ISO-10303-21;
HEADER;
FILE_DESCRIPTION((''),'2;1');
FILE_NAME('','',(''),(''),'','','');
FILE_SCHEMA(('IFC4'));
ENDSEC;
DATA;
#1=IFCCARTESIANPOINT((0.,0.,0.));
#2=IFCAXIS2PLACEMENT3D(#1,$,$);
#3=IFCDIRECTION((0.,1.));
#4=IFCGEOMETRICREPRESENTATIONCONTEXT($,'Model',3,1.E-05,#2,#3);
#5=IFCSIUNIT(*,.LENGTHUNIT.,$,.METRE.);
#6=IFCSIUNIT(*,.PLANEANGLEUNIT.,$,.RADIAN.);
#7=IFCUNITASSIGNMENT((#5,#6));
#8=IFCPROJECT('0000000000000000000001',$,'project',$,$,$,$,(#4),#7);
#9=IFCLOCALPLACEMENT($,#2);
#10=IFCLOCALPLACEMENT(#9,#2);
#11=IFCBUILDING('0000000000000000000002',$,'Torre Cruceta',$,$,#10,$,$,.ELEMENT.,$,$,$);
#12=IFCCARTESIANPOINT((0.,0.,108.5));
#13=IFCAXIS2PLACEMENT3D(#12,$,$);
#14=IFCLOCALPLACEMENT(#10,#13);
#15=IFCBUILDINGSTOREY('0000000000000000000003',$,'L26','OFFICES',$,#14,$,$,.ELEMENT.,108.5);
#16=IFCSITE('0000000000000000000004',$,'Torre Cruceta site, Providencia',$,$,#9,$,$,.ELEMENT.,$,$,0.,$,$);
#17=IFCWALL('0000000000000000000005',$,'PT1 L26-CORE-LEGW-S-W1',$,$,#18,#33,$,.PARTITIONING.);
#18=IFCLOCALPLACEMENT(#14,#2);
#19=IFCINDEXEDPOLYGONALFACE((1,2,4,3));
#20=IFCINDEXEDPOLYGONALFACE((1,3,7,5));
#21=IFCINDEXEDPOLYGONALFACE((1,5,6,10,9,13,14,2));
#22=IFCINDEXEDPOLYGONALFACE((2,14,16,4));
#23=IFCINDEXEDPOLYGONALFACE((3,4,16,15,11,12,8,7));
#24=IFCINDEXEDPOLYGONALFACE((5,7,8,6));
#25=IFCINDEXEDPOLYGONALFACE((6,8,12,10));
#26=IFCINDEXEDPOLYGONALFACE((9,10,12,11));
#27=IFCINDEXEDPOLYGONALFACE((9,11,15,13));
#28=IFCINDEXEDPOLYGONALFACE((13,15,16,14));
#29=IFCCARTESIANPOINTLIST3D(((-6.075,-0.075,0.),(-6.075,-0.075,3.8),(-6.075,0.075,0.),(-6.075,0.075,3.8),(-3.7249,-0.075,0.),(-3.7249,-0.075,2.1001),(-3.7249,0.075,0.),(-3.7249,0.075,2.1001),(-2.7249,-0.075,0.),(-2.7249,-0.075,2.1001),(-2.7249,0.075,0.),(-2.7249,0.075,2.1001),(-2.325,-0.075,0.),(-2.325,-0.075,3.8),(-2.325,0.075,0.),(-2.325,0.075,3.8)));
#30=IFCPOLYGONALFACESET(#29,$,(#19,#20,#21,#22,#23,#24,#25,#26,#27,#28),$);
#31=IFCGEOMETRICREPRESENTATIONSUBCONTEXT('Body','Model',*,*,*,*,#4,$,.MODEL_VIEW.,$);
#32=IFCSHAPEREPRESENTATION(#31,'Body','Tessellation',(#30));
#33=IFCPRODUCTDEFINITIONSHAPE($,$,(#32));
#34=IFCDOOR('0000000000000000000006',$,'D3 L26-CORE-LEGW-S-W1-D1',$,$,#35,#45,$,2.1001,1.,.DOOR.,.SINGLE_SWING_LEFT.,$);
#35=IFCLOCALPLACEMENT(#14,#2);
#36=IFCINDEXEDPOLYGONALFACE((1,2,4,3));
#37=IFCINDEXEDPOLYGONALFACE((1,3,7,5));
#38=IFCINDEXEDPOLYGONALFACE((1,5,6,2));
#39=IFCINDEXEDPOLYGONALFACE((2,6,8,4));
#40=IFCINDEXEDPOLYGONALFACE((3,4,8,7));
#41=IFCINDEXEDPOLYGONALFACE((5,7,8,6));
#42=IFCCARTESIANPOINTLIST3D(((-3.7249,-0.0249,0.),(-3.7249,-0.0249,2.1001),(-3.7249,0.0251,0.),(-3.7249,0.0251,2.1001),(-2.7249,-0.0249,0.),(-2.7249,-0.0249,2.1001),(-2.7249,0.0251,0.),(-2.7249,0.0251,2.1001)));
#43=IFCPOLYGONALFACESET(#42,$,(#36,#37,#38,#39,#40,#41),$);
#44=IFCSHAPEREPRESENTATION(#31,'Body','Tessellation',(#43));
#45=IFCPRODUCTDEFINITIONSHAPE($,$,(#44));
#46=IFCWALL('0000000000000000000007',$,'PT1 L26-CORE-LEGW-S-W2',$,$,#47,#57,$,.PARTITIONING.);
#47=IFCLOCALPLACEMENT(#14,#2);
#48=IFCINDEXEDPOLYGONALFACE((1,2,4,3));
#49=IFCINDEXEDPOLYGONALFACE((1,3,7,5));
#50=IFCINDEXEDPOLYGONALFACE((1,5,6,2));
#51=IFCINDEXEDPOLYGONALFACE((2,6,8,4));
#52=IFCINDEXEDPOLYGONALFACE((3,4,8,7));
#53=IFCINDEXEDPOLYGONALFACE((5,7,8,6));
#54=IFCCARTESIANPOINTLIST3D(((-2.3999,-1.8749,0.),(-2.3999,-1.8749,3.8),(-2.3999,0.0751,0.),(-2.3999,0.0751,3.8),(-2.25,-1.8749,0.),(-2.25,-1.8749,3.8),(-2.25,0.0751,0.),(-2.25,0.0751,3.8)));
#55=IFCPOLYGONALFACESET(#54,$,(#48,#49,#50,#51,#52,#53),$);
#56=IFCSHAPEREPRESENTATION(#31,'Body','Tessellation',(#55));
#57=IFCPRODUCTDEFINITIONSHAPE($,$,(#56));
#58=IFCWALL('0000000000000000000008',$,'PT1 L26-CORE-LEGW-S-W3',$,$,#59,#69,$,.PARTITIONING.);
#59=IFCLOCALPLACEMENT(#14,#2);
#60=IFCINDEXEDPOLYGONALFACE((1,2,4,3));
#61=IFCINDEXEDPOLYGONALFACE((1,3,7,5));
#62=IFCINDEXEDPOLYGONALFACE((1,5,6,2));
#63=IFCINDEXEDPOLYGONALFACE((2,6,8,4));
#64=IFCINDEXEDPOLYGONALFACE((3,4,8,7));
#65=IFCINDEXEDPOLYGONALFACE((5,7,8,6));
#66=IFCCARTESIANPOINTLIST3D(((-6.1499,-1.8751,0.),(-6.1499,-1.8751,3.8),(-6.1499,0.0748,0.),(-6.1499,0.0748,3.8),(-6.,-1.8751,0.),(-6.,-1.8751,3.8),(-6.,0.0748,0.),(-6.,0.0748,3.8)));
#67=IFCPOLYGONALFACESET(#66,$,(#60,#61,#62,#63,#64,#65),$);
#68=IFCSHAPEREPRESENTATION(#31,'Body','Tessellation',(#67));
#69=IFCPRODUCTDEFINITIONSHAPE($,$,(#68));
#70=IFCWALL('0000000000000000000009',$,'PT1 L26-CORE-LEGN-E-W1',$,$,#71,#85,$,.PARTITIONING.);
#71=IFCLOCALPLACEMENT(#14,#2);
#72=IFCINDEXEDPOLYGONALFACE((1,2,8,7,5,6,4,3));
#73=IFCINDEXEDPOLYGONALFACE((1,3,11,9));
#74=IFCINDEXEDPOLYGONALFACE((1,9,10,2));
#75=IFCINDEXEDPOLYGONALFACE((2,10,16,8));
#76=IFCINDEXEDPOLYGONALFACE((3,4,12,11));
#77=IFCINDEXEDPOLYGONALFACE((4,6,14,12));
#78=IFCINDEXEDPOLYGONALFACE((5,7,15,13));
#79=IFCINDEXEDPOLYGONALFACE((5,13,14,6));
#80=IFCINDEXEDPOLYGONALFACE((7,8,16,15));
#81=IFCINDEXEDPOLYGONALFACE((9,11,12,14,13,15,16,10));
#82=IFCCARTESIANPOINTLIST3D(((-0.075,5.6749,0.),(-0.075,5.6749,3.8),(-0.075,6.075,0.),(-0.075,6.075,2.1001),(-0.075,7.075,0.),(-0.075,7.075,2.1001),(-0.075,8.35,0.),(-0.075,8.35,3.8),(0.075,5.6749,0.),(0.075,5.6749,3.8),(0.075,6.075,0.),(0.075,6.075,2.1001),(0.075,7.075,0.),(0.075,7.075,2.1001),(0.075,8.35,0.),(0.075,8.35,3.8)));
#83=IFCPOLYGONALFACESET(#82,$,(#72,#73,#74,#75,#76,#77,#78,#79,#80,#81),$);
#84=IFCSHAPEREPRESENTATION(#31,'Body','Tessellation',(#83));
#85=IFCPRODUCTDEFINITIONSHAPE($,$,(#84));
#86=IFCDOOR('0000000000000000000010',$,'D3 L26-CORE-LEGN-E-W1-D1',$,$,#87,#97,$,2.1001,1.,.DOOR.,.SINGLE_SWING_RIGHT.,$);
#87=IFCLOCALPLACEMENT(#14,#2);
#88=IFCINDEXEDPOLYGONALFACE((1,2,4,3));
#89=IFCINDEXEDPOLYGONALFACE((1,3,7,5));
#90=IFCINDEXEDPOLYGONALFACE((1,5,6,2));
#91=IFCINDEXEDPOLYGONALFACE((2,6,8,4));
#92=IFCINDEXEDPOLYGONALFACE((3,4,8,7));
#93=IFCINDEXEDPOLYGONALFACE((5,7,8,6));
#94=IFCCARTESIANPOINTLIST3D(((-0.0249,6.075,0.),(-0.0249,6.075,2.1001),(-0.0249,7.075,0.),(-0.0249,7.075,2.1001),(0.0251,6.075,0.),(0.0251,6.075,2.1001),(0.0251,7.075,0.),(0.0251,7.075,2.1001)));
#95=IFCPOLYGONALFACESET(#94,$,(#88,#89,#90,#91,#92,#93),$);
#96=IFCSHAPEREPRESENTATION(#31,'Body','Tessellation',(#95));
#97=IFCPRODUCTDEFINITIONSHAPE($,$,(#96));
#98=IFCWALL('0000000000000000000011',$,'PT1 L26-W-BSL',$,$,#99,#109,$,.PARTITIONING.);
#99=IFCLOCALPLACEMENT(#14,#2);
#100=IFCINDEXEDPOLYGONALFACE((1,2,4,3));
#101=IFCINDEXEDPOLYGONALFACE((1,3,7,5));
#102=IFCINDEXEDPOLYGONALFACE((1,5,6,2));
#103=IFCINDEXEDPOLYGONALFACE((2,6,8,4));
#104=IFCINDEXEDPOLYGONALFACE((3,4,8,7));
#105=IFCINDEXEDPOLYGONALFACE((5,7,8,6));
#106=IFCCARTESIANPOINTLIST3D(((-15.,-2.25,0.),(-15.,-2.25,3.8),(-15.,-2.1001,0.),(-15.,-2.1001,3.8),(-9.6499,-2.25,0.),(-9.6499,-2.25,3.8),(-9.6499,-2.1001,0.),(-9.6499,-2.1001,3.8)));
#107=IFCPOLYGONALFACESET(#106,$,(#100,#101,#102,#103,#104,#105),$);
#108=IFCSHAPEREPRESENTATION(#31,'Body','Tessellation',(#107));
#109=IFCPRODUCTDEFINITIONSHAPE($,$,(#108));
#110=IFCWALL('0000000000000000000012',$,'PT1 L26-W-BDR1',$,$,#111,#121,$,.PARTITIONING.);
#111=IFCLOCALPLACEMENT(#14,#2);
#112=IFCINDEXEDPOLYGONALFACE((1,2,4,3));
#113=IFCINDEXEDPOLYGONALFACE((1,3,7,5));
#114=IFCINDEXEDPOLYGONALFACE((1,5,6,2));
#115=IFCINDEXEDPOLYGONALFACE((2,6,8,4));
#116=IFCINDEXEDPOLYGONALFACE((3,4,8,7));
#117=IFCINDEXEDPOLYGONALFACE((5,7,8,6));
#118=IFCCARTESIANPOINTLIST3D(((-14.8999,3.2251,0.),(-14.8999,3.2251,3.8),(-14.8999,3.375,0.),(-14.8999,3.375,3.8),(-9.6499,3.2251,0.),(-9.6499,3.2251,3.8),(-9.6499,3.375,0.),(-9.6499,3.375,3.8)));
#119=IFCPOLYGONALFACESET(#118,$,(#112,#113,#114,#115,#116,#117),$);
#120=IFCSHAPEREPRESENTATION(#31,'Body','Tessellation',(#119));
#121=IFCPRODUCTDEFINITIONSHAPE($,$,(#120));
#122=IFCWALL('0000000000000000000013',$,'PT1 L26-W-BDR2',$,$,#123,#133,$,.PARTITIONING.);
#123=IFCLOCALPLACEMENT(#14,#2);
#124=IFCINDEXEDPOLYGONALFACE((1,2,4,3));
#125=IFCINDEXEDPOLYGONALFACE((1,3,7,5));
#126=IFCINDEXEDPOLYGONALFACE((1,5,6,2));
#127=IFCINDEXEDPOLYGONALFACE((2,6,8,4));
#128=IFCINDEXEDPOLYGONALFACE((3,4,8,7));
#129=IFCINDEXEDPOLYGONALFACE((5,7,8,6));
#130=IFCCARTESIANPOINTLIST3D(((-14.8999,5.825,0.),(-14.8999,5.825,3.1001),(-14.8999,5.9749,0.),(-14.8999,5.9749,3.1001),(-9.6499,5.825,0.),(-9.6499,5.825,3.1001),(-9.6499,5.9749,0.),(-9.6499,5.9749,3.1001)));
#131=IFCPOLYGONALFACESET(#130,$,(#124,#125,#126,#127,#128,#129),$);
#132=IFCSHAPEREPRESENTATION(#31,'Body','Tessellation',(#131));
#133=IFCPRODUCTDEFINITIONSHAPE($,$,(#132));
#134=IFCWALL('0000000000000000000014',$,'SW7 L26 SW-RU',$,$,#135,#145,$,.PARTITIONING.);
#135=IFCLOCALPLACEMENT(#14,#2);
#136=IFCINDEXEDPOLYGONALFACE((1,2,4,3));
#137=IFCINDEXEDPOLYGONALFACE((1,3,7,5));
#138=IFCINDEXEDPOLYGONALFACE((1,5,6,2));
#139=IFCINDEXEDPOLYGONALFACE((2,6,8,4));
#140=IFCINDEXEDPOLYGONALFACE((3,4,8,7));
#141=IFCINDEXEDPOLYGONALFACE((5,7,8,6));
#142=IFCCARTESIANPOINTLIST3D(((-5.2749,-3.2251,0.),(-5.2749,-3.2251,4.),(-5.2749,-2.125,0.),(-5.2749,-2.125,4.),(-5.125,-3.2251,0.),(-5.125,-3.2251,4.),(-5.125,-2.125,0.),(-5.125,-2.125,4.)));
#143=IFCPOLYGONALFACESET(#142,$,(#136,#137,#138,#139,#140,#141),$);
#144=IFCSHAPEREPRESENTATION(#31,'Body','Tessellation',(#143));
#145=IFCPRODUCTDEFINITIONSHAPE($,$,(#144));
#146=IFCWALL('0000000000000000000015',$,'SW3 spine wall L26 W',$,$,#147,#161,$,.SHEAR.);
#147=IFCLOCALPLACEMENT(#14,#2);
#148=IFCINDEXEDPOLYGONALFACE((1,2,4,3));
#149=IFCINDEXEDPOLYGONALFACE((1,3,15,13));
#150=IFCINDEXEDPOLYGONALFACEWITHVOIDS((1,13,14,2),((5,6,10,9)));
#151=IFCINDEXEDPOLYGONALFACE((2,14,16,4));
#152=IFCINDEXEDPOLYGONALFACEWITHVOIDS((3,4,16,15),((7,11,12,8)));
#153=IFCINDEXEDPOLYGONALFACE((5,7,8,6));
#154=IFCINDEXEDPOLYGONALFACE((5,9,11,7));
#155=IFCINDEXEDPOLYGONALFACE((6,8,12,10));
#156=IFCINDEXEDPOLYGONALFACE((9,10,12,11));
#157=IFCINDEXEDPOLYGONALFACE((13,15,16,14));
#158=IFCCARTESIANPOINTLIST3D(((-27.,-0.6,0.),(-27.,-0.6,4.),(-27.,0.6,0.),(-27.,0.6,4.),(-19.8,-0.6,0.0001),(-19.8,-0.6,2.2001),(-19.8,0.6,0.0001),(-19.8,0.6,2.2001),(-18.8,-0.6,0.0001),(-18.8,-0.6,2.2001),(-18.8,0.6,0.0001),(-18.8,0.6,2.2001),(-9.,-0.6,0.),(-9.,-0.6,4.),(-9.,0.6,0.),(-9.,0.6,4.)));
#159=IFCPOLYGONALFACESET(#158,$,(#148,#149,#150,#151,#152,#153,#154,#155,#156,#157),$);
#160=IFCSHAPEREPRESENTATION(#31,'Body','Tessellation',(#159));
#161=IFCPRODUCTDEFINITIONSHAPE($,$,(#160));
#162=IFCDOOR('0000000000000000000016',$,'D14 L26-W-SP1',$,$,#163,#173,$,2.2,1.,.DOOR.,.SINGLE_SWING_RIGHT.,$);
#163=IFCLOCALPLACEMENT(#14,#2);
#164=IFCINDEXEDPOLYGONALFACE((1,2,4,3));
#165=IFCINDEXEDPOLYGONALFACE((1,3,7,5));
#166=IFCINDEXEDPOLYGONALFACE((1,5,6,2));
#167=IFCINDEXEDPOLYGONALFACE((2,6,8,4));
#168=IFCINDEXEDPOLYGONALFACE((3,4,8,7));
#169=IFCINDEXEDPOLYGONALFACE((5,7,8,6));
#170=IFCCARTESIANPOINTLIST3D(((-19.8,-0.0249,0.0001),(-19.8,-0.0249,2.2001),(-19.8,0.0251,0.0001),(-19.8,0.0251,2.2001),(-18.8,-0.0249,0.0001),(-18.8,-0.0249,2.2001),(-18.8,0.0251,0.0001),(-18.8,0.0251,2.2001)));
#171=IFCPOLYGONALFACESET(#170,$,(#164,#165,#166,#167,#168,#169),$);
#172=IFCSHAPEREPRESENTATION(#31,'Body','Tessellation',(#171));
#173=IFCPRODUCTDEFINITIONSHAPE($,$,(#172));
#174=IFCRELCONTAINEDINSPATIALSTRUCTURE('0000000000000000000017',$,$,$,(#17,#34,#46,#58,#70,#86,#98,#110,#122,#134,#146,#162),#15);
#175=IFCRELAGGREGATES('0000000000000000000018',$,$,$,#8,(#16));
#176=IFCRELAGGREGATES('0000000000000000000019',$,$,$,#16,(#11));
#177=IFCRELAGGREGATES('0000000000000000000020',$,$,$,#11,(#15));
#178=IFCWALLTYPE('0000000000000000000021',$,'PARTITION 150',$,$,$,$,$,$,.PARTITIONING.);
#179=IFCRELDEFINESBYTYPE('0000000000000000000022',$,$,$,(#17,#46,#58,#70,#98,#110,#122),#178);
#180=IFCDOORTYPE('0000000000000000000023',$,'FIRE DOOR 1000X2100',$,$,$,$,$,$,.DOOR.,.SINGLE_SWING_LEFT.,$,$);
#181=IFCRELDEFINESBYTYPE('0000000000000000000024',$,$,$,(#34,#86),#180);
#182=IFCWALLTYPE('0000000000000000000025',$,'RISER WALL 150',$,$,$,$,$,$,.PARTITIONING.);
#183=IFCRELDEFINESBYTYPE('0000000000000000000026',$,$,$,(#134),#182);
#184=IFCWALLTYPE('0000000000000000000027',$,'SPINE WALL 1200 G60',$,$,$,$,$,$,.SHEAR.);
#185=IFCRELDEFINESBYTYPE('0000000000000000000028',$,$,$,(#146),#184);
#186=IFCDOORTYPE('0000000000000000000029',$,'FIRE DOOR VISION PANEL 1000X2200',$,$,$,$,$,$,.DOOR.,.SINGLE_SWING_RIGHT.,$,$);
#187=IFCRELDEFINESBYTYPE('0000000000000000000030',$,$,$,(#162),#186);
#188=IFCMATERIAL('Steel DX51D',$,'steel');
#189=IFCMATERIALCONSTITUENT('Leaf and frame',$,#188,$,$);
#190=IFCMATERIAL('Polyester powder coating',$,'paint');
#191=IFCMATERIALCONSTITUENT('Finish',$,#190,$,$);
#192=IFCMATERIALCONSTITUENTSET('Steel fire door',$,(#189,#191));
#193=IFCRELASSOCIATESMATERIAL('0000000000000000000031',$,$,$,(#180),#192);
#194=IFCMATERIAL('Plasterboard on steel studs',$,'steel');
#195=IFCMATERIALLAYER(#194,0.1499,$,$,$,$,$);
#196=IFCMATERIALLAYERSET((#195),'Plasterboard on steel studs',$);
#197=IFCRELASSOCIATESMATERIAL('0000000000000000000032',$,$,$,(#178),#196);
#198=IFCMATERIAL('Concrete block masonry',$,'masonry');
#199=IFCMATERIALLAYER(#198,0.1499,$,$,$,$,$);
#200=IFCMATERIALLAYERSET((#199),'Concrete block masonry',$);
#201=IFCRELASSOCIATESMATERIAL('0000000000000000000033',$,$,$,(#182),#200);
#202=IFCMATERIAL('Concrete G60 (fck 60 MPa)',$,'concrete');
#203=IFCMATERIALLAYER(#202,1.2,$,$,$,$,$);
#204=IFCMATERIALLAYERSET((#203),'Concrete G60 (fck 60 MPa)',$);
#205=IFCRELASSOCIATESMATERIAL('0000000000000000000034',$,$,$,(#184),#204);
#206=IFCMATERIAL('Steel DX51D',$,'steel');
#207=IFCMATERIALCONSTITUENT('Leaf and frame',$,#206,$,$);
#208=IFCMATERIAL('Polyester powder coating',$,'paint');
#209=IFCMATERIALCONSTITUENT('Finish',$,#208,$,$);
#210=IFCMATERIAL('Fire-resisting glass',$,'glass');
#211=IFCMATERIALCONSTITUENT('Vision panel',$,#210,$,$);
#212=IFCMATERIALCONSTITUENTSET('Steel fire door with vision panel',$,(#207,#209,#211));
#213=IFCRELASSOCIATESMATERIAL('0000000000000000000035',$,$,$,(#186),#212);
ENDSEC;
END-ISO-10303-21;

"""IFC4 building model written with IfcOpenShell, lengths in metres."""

from ifc_helpers import new_model, si_unit, direction, frame, frame_2d, origin, place, context, subcontext, project, spatial, rectangle, extrude, material, layer, layer_set, constituent, constituent_set, type_object, element, fill, save


model = new_model("IFC4")

# Units and contexts
model_context = context("Model", 3, precision=1e-05, world=origin(), true_north=direction((0.0, 1.0)))
body_context = subcontext(model_context, "Body", "Model", "MODEL_VIEW")
ifc_project = project(units=[si_unit("LENGTHUNIT", "METRE"), si_unit("PLANEANGLEUNIT", "RADIAN")], contexts=[model_context])

# Site, building, storey
site_placement = place(None, origin())
site = spatial("IfcSite", under=ifc_project, at=site_placement, Name="Torre Cruceta site, Providencia", CompositionType="ELEMENT", RefElevation=0.0)
building_placement = place(site_placement, origin())
building = spatial("IfcBuilding", under=site, at=building_placement, Name="Torre Cruceta", CompositionType="ELEMENT")
storey_placement = place(building_placement, frame((0.0, 0.0, 108.5)))
storey = spatial("IfcBuildingStorey", under=building, at=storey_placement, Name="L26", Description="OFFICES", CompositionType="ELEMENT", Elevation=108.5)

# Shared definitions
ifc_material_1 = material(Name="Steel DX51D", Category="steel")
ifc_constituent_1 = constituent(ifc_material_1, Name="Leaf and frame")
ifc_material_2 = material(Name="Polyester powder coating", Category="paint")
ifc_constituent_2 = constituent(ifc_material_2, Name="Finish")
ifc_constituent_set_1 = constituent_set(constituents=[ifc_constituent_1, ifc_constituent_2], Name="Steel fire door")
door_type_1 = type_object("IfcDoorType", Name="FIRE DOOR 1000X2100", OperationType="SINGLE_SWING_LEFT", PredefinedType="DOOR", material=ifc_constituent_set_1)

# Wall, opening, door
ifc_material_3 = material(Name="Plasterboard on steel studs", Category="steel")
ifc_layer_1 = layer(ifc_material_3, 0.1499)
ifc_layer_set_1 = layer_set([ifc_layer_1], Name="Plasterboard on steel studs")
wall_type_1 = type_object("IfcWallType", Name="PARTITION 150", PredefinedType="PARTITIONING", material=ifc_layer_set_1)
wall_1_placement = place(storey_placement, frame((-2.325, 0.0, 0.0), z_axis=(0.0, 0.0, 1.0), x_axis=(-1.0, 0.0, 0.0)))
wall_1 = element("IfcWall", 1, at=wall_1_placement, inside=storey, type_object=wall_type_1, Name="PT1 L26-CORE-LEGW-S-W1", PredefinedType="PARTITIONING", context=body_context, shape_type="SweptSolid", body=[
    extrude(rectangle(XDim=3.75, YDim=0.1499, at=frame_2d((1.875, 0.0))), origin(), (0.0, 0.0, 1.0), 3.8),
])
opening_1_placement = place(wall_1_placement, frame((0.3999, 0.0, 0.0)))
opening_1 = element("IfcOpeningElement", 2, at=opening_1_placement, cuts=wall_1, PredefinedType="OPENING", context=body_context, shape_type="SweptSolid", body=[
    extrude(rectangle(XDim=1.0, YDim=2.1001, at=frame_2d((0.5, 1.05))), frame((0.0, 0.085, 0.0), z_axis=(0.0, -1.0, 0.0), x_axis=(1.0, 0.0, 0.0)), (0.0, 0.0, 1.0), 0.1699),
])
door_1_placement = place(opening_1_placement, origin())
door_1 = element("IfcDoor", 3, at=door_1_placement, inside=storey, type_object=door_type_1, Name="D3 L26-CORE-LEGW-S-W1-D1", OperationType="SINGLE_SWING_LEFT", OverallHeight=2.1001, OverallWidth=1.0, PredefinedType="DOOR", context=body_context, shape_type="SweptSolid", body=[
    extrude(rectangle(XDim=1.0, YDim=2.1001, at=frame_2d((0.5, 1.05))), frame((0.0, 0.0249, 0.0), z_axis=(0.0, -1.0, 0.0), x_axis=(1.0, 0.0, 0.0)), (0.0, 0.0, 1.0), 0.05),
])
fill(opening_1, door_1)

# Walls
for number, where, z_axis, x_axis, name in (
    (4, (-2.325, -1.875, 0.0), (0.0, 0.0, 1.0), (0.0, 1.0, 0.0), "PT1 L26-CORE-LEGW-S-W2"),
    (5, (-6.075, 0.075, 0.0), (0.0, 0.0, 1.0), (0.0, -1.0, 0.0), "PT1 L26-CORE-LEGW-S-W3"),
):
    element("IfcWall", number, at=place(storey_placement, frame(where, z_axis=z_axis, x_axis=x_axis)), inside=storey, type_object=wall_type_1, Name=name, PredefinedType="PARTITIONING", context=body_context, shape_type="SweptSolid", body=[
        extrude(rectangle(XDim=1.95, YDim=0.1499, at=frame_2d((0.9751, 0.0))), origin(), (0.0, 0.0, 1.0), 3.8),
    ])

# Wall, opening, door
wall_2_placement = place(storey_placement, frame((0.0, 5.675, 0.0), z_axis=(0.0, 0.0, 1.0), x_axis=(0.0, 1.0, 0.0)))
wall_2 = element("IfcWall", 6, at=wall_2_placement, inside=storey, type_object=wall_type_1, Name="PT1 L26-CORE-LEGN-E-W1", PredefinedType="PARTITIONING", context=body_context, shape_type="SweptSolid", body=[
    extrude(rectangle(XDim=2.675, YDim=0.1499, at=frame_2d((1.3374, 0.0))), origin(), (0.0, 0.0, 1.0), 3.8),
])
opening_2_placement = place(wall_2_placement, frame((0.3999, 0.0, 0.0)))
opening_2 = element("IfcOpeningElement", 7, at=opening_2_placement, cuts=wall_2, PredefinedType="OPENING", context=body_context, shape_type="SweptSolid", body=[
    extrude(rectangle(XDim=1.0, YDim=2.1001, at=frame_2d((0.5, 1.05))), frame((0.0, 0.085, 0.0), z_axis=(0.0, -1.0, 0.0), x_axis=(1.0, 0.0, 0.0)), (0.0, 0.0, 1.0), 0.1699),
])
door_2_placement = place(opening_2_placement, frame((1.0, 0.0, 0.0), z_axis=(0.0, 0.0, 1.0), x_axis=(-1.0, 0.0, 0.0)))
door_2 = element("IfcDoor", 8, at=door_2_placement, inside=storey, type_object=door_type_1, Name="D3 L26-CORE-LEGN-E-W1-D1", OperationType="SINGLE_SWING_RIGHT", OverallHeight=2.1001, OverallWidth=1.0, PredefinedType="DOOR", context=body_context, shape_type="SweptSolid", body=[
    extrude(rectangle(XDim=1.0, YDim=2.1001, at=frame_2d((0.5, 1.05))), frame((0.0, 0.0251, 0.0), z_axis=(0.0, -1.0, 0.0), x_axis=(1.0, 0.0, 0.0)), (0.0, 0.0, 1.0), 0.05),
])
fill(opening_2, door_2)

# Walls
wall_3_placement = place(storey_placement, frame((-9.6499, -2.175, 0.0), z_axis=(0.0, 0.0, 1.0), x_axis=(-1.0, 0.0, 0.0)))
element("IfcWall", 9, at=wall_3_placement, inside=storey, type_object=wall_type_1, Name="PT1 L26-W-BSL", PredefinedType="PARTITIONING", context=body_context, shape_type="SweptSolid", body=[
    extrude(rectangle(XDim=5.3501, YDim=0.1499, at=frame_2d((2.675, 0.0))), origin(), (0.0, 0.0, 1.0), 3.8),
])
wall_4_placement = place(storey_placement, frame((-9.6499, 3.3, 0.0), z_axis=(0.0, 0.0, 1.0), x_axis=(-1.0, 0.0, 0.0)))
element("IfcWall", 10, at=wall_4_placement, inside=storey, type_object=wall_type_1, Name="PT1 L26-W-BDR1", PredefinedType="PARTITIONING", context=body_context, shape_type="SweptSolid", body=[
    extrude(rectangle(XDim=5.25, YDim=0.1499, at=frame_2d((2.625, 0.0))), origin(), (0.0, 0.0, 1.0), 3.8),
])
wall_5_placement = place(storey_placement, frame((-9.6499, 5.8999, 0.0), z_axis=(0.0, 0.0, 1.0), x_axis=(-1.0, 0.0, 0.0)))
element("IfcWall", 11, at=wall_5_placement, inside=storey, type_object=wall_type_1, Name="PT1 L26-W-BDR2", PredefinedType="PARTITIONING", context=body_context, shape_type="SweptSolid", body=[
    extrude(rectangle(XDim=5.25, YDim=0.1499, at=frame_2d((2.625, 0.0))), origin(), (0.0, 0.0, 1.0), 3.1001),
])
ifc_material_4 = material(Name="Concrete block masonry", Category="masonry")
ifc_layer_2 = layer(ifc_material_4, 0.1499)
ifc_layer_set_2 = layer_set([ifc_layer_2], Name="Concrete block masonry")
wall_type_2 = type_object("IfcWallType", Name="RISER WALL 150", PredefinedType="PARTITIONING", material=ifc_layer_set_2)
wall_6_placement = place(storey_placement, frame((-5.2, -2.125, 0.0), z_axis=(0.0, 0.0, 1.0), x_axis=(0.0, -1.0, 0.0)))
element("IfcWall", 12, at=wall_6_placement, inside=storey, type_object=wall_type_2, Name="SW7 L26 SW-RU", PredefinedType="PARTITIONING", context=body_context, shape_type="SweptSolid", body=[
    extrude(rectangle(XDim=1.1001, YDim=0.1499, at=frame_2d((0.55, 0.0))), origin(), (0.0, 0.0, 1.0), 4.0),
])

# Wall, opening, door
ifc_material_5 = material(Name="Concrete G60 (fck 60 MPa)", Category="concrete")
ifc_layer_3 = layer(ifc_material_5, 1.2)
ifc_layer_set_3 = layer_set([ifc_layer_3], Name="Concrete G60 (fck 60 MPa)")
wall_type_3 = type_object("IfcWallType", Name="SPINE WALL 1200 G60", PredefinedType="SHEAR", material=ifc_layer_set_3)
wall_7_placement = place(storey_placement, frame((-9.0, 0.0, 0.0), z_axis=(0.0, 0.0, 1.0), x_axis=(-1.0, 0.0, 0.0)))
wall_7 = element("IfcWall", 13, at=wall_7_placement, inside=storey, type_object=wall_type_3, Name="SW3 spine wall L26 W", PredefinedType="SHEAR", context=body_context, shape_type="SweptSolid", body=[
    extrude(rectangle(XDim=18.0, YDim=1.2, at=frame_2d((9.0, 0.0))), origin(), (0.0, 0.0, 1.0), 4.0),
])
opening_3_placement = place(wall_7_placement, frame((9.8, 0.0, 0.0)))
opening_3 = element("IfcOpeningElement", 14, at=opening_3_placement, cuts=wall_7, PredefinedType="OPENING", context=body_context, shape_type="SweptSolid", body=[
    extrude(rectangle(XDim=1.0, YDim=2.2, at=frame_2d((0.5, 1.1001))), frame((0.0, 0.6099, 0.0), z_axis=(0.0, -1.0, 0.0), x_axis=(1.0, 0.0, 0.0)), (0.0, 0.0, 1.0), 1.22),
])
ifc_material_6 = material(Name="Steel DX51D", Category="steel")
ifc_constituent_3 = constituent(ifc_material_6, Name="Leaf and frame")
ifc_material_7 = material(Name="Polyester powder coating", Category="paint")
ifc_constituent_4 = constituent(ifc_material_7, Name="Finish")
ifc_material_8 = material(Name="Fire-resisting glass", Category="glass")
ifc_constituent_5 = constituent(ifc_material_8, Name="Vision panel")
ifc_constituent_set_2 = constituent_set(constituents=[ifc_constituent_3, ifc_constituent_4, ifc_constituent_5], Name="Steel fire door with vision panel")
door_type_2 = type_object("IfcDoorType", Name="FIRE DOOR VISION PANEL 1000X2200", OperationType="SINGLE_SWING_RIGHT", PredefinedType="DOOR", material=ifc_constituent_set_2)
door_3_placement = place(opening_3_placement, origin())
door_3 = element("IfcDoor", 15, at=door_3_placement, inside=storey, type_object=door_type_2, Name="D14 L26-W-SP1", OperationType="SINGLE_SWING_RIGHT", OverallHeight=2.2, OverallWidth=1.0, PredefinedType="DOOR", context=body_context, shape_type="SweptSolid", body=[
    extrude(rectangle(XDim=1.0, YDim=2.2, at=frame_2d((0.5, 1.1001))), frame((0.0, 0.0249, 0.0), z_axis=(0.0, -1.0, 0.0), x_axis=(1.0, 0.0, 0.0)), (0.0, 0.0, 1.0), 0.05),
])
fill(opening_3, door_3)

save(model, "model.ifc")
